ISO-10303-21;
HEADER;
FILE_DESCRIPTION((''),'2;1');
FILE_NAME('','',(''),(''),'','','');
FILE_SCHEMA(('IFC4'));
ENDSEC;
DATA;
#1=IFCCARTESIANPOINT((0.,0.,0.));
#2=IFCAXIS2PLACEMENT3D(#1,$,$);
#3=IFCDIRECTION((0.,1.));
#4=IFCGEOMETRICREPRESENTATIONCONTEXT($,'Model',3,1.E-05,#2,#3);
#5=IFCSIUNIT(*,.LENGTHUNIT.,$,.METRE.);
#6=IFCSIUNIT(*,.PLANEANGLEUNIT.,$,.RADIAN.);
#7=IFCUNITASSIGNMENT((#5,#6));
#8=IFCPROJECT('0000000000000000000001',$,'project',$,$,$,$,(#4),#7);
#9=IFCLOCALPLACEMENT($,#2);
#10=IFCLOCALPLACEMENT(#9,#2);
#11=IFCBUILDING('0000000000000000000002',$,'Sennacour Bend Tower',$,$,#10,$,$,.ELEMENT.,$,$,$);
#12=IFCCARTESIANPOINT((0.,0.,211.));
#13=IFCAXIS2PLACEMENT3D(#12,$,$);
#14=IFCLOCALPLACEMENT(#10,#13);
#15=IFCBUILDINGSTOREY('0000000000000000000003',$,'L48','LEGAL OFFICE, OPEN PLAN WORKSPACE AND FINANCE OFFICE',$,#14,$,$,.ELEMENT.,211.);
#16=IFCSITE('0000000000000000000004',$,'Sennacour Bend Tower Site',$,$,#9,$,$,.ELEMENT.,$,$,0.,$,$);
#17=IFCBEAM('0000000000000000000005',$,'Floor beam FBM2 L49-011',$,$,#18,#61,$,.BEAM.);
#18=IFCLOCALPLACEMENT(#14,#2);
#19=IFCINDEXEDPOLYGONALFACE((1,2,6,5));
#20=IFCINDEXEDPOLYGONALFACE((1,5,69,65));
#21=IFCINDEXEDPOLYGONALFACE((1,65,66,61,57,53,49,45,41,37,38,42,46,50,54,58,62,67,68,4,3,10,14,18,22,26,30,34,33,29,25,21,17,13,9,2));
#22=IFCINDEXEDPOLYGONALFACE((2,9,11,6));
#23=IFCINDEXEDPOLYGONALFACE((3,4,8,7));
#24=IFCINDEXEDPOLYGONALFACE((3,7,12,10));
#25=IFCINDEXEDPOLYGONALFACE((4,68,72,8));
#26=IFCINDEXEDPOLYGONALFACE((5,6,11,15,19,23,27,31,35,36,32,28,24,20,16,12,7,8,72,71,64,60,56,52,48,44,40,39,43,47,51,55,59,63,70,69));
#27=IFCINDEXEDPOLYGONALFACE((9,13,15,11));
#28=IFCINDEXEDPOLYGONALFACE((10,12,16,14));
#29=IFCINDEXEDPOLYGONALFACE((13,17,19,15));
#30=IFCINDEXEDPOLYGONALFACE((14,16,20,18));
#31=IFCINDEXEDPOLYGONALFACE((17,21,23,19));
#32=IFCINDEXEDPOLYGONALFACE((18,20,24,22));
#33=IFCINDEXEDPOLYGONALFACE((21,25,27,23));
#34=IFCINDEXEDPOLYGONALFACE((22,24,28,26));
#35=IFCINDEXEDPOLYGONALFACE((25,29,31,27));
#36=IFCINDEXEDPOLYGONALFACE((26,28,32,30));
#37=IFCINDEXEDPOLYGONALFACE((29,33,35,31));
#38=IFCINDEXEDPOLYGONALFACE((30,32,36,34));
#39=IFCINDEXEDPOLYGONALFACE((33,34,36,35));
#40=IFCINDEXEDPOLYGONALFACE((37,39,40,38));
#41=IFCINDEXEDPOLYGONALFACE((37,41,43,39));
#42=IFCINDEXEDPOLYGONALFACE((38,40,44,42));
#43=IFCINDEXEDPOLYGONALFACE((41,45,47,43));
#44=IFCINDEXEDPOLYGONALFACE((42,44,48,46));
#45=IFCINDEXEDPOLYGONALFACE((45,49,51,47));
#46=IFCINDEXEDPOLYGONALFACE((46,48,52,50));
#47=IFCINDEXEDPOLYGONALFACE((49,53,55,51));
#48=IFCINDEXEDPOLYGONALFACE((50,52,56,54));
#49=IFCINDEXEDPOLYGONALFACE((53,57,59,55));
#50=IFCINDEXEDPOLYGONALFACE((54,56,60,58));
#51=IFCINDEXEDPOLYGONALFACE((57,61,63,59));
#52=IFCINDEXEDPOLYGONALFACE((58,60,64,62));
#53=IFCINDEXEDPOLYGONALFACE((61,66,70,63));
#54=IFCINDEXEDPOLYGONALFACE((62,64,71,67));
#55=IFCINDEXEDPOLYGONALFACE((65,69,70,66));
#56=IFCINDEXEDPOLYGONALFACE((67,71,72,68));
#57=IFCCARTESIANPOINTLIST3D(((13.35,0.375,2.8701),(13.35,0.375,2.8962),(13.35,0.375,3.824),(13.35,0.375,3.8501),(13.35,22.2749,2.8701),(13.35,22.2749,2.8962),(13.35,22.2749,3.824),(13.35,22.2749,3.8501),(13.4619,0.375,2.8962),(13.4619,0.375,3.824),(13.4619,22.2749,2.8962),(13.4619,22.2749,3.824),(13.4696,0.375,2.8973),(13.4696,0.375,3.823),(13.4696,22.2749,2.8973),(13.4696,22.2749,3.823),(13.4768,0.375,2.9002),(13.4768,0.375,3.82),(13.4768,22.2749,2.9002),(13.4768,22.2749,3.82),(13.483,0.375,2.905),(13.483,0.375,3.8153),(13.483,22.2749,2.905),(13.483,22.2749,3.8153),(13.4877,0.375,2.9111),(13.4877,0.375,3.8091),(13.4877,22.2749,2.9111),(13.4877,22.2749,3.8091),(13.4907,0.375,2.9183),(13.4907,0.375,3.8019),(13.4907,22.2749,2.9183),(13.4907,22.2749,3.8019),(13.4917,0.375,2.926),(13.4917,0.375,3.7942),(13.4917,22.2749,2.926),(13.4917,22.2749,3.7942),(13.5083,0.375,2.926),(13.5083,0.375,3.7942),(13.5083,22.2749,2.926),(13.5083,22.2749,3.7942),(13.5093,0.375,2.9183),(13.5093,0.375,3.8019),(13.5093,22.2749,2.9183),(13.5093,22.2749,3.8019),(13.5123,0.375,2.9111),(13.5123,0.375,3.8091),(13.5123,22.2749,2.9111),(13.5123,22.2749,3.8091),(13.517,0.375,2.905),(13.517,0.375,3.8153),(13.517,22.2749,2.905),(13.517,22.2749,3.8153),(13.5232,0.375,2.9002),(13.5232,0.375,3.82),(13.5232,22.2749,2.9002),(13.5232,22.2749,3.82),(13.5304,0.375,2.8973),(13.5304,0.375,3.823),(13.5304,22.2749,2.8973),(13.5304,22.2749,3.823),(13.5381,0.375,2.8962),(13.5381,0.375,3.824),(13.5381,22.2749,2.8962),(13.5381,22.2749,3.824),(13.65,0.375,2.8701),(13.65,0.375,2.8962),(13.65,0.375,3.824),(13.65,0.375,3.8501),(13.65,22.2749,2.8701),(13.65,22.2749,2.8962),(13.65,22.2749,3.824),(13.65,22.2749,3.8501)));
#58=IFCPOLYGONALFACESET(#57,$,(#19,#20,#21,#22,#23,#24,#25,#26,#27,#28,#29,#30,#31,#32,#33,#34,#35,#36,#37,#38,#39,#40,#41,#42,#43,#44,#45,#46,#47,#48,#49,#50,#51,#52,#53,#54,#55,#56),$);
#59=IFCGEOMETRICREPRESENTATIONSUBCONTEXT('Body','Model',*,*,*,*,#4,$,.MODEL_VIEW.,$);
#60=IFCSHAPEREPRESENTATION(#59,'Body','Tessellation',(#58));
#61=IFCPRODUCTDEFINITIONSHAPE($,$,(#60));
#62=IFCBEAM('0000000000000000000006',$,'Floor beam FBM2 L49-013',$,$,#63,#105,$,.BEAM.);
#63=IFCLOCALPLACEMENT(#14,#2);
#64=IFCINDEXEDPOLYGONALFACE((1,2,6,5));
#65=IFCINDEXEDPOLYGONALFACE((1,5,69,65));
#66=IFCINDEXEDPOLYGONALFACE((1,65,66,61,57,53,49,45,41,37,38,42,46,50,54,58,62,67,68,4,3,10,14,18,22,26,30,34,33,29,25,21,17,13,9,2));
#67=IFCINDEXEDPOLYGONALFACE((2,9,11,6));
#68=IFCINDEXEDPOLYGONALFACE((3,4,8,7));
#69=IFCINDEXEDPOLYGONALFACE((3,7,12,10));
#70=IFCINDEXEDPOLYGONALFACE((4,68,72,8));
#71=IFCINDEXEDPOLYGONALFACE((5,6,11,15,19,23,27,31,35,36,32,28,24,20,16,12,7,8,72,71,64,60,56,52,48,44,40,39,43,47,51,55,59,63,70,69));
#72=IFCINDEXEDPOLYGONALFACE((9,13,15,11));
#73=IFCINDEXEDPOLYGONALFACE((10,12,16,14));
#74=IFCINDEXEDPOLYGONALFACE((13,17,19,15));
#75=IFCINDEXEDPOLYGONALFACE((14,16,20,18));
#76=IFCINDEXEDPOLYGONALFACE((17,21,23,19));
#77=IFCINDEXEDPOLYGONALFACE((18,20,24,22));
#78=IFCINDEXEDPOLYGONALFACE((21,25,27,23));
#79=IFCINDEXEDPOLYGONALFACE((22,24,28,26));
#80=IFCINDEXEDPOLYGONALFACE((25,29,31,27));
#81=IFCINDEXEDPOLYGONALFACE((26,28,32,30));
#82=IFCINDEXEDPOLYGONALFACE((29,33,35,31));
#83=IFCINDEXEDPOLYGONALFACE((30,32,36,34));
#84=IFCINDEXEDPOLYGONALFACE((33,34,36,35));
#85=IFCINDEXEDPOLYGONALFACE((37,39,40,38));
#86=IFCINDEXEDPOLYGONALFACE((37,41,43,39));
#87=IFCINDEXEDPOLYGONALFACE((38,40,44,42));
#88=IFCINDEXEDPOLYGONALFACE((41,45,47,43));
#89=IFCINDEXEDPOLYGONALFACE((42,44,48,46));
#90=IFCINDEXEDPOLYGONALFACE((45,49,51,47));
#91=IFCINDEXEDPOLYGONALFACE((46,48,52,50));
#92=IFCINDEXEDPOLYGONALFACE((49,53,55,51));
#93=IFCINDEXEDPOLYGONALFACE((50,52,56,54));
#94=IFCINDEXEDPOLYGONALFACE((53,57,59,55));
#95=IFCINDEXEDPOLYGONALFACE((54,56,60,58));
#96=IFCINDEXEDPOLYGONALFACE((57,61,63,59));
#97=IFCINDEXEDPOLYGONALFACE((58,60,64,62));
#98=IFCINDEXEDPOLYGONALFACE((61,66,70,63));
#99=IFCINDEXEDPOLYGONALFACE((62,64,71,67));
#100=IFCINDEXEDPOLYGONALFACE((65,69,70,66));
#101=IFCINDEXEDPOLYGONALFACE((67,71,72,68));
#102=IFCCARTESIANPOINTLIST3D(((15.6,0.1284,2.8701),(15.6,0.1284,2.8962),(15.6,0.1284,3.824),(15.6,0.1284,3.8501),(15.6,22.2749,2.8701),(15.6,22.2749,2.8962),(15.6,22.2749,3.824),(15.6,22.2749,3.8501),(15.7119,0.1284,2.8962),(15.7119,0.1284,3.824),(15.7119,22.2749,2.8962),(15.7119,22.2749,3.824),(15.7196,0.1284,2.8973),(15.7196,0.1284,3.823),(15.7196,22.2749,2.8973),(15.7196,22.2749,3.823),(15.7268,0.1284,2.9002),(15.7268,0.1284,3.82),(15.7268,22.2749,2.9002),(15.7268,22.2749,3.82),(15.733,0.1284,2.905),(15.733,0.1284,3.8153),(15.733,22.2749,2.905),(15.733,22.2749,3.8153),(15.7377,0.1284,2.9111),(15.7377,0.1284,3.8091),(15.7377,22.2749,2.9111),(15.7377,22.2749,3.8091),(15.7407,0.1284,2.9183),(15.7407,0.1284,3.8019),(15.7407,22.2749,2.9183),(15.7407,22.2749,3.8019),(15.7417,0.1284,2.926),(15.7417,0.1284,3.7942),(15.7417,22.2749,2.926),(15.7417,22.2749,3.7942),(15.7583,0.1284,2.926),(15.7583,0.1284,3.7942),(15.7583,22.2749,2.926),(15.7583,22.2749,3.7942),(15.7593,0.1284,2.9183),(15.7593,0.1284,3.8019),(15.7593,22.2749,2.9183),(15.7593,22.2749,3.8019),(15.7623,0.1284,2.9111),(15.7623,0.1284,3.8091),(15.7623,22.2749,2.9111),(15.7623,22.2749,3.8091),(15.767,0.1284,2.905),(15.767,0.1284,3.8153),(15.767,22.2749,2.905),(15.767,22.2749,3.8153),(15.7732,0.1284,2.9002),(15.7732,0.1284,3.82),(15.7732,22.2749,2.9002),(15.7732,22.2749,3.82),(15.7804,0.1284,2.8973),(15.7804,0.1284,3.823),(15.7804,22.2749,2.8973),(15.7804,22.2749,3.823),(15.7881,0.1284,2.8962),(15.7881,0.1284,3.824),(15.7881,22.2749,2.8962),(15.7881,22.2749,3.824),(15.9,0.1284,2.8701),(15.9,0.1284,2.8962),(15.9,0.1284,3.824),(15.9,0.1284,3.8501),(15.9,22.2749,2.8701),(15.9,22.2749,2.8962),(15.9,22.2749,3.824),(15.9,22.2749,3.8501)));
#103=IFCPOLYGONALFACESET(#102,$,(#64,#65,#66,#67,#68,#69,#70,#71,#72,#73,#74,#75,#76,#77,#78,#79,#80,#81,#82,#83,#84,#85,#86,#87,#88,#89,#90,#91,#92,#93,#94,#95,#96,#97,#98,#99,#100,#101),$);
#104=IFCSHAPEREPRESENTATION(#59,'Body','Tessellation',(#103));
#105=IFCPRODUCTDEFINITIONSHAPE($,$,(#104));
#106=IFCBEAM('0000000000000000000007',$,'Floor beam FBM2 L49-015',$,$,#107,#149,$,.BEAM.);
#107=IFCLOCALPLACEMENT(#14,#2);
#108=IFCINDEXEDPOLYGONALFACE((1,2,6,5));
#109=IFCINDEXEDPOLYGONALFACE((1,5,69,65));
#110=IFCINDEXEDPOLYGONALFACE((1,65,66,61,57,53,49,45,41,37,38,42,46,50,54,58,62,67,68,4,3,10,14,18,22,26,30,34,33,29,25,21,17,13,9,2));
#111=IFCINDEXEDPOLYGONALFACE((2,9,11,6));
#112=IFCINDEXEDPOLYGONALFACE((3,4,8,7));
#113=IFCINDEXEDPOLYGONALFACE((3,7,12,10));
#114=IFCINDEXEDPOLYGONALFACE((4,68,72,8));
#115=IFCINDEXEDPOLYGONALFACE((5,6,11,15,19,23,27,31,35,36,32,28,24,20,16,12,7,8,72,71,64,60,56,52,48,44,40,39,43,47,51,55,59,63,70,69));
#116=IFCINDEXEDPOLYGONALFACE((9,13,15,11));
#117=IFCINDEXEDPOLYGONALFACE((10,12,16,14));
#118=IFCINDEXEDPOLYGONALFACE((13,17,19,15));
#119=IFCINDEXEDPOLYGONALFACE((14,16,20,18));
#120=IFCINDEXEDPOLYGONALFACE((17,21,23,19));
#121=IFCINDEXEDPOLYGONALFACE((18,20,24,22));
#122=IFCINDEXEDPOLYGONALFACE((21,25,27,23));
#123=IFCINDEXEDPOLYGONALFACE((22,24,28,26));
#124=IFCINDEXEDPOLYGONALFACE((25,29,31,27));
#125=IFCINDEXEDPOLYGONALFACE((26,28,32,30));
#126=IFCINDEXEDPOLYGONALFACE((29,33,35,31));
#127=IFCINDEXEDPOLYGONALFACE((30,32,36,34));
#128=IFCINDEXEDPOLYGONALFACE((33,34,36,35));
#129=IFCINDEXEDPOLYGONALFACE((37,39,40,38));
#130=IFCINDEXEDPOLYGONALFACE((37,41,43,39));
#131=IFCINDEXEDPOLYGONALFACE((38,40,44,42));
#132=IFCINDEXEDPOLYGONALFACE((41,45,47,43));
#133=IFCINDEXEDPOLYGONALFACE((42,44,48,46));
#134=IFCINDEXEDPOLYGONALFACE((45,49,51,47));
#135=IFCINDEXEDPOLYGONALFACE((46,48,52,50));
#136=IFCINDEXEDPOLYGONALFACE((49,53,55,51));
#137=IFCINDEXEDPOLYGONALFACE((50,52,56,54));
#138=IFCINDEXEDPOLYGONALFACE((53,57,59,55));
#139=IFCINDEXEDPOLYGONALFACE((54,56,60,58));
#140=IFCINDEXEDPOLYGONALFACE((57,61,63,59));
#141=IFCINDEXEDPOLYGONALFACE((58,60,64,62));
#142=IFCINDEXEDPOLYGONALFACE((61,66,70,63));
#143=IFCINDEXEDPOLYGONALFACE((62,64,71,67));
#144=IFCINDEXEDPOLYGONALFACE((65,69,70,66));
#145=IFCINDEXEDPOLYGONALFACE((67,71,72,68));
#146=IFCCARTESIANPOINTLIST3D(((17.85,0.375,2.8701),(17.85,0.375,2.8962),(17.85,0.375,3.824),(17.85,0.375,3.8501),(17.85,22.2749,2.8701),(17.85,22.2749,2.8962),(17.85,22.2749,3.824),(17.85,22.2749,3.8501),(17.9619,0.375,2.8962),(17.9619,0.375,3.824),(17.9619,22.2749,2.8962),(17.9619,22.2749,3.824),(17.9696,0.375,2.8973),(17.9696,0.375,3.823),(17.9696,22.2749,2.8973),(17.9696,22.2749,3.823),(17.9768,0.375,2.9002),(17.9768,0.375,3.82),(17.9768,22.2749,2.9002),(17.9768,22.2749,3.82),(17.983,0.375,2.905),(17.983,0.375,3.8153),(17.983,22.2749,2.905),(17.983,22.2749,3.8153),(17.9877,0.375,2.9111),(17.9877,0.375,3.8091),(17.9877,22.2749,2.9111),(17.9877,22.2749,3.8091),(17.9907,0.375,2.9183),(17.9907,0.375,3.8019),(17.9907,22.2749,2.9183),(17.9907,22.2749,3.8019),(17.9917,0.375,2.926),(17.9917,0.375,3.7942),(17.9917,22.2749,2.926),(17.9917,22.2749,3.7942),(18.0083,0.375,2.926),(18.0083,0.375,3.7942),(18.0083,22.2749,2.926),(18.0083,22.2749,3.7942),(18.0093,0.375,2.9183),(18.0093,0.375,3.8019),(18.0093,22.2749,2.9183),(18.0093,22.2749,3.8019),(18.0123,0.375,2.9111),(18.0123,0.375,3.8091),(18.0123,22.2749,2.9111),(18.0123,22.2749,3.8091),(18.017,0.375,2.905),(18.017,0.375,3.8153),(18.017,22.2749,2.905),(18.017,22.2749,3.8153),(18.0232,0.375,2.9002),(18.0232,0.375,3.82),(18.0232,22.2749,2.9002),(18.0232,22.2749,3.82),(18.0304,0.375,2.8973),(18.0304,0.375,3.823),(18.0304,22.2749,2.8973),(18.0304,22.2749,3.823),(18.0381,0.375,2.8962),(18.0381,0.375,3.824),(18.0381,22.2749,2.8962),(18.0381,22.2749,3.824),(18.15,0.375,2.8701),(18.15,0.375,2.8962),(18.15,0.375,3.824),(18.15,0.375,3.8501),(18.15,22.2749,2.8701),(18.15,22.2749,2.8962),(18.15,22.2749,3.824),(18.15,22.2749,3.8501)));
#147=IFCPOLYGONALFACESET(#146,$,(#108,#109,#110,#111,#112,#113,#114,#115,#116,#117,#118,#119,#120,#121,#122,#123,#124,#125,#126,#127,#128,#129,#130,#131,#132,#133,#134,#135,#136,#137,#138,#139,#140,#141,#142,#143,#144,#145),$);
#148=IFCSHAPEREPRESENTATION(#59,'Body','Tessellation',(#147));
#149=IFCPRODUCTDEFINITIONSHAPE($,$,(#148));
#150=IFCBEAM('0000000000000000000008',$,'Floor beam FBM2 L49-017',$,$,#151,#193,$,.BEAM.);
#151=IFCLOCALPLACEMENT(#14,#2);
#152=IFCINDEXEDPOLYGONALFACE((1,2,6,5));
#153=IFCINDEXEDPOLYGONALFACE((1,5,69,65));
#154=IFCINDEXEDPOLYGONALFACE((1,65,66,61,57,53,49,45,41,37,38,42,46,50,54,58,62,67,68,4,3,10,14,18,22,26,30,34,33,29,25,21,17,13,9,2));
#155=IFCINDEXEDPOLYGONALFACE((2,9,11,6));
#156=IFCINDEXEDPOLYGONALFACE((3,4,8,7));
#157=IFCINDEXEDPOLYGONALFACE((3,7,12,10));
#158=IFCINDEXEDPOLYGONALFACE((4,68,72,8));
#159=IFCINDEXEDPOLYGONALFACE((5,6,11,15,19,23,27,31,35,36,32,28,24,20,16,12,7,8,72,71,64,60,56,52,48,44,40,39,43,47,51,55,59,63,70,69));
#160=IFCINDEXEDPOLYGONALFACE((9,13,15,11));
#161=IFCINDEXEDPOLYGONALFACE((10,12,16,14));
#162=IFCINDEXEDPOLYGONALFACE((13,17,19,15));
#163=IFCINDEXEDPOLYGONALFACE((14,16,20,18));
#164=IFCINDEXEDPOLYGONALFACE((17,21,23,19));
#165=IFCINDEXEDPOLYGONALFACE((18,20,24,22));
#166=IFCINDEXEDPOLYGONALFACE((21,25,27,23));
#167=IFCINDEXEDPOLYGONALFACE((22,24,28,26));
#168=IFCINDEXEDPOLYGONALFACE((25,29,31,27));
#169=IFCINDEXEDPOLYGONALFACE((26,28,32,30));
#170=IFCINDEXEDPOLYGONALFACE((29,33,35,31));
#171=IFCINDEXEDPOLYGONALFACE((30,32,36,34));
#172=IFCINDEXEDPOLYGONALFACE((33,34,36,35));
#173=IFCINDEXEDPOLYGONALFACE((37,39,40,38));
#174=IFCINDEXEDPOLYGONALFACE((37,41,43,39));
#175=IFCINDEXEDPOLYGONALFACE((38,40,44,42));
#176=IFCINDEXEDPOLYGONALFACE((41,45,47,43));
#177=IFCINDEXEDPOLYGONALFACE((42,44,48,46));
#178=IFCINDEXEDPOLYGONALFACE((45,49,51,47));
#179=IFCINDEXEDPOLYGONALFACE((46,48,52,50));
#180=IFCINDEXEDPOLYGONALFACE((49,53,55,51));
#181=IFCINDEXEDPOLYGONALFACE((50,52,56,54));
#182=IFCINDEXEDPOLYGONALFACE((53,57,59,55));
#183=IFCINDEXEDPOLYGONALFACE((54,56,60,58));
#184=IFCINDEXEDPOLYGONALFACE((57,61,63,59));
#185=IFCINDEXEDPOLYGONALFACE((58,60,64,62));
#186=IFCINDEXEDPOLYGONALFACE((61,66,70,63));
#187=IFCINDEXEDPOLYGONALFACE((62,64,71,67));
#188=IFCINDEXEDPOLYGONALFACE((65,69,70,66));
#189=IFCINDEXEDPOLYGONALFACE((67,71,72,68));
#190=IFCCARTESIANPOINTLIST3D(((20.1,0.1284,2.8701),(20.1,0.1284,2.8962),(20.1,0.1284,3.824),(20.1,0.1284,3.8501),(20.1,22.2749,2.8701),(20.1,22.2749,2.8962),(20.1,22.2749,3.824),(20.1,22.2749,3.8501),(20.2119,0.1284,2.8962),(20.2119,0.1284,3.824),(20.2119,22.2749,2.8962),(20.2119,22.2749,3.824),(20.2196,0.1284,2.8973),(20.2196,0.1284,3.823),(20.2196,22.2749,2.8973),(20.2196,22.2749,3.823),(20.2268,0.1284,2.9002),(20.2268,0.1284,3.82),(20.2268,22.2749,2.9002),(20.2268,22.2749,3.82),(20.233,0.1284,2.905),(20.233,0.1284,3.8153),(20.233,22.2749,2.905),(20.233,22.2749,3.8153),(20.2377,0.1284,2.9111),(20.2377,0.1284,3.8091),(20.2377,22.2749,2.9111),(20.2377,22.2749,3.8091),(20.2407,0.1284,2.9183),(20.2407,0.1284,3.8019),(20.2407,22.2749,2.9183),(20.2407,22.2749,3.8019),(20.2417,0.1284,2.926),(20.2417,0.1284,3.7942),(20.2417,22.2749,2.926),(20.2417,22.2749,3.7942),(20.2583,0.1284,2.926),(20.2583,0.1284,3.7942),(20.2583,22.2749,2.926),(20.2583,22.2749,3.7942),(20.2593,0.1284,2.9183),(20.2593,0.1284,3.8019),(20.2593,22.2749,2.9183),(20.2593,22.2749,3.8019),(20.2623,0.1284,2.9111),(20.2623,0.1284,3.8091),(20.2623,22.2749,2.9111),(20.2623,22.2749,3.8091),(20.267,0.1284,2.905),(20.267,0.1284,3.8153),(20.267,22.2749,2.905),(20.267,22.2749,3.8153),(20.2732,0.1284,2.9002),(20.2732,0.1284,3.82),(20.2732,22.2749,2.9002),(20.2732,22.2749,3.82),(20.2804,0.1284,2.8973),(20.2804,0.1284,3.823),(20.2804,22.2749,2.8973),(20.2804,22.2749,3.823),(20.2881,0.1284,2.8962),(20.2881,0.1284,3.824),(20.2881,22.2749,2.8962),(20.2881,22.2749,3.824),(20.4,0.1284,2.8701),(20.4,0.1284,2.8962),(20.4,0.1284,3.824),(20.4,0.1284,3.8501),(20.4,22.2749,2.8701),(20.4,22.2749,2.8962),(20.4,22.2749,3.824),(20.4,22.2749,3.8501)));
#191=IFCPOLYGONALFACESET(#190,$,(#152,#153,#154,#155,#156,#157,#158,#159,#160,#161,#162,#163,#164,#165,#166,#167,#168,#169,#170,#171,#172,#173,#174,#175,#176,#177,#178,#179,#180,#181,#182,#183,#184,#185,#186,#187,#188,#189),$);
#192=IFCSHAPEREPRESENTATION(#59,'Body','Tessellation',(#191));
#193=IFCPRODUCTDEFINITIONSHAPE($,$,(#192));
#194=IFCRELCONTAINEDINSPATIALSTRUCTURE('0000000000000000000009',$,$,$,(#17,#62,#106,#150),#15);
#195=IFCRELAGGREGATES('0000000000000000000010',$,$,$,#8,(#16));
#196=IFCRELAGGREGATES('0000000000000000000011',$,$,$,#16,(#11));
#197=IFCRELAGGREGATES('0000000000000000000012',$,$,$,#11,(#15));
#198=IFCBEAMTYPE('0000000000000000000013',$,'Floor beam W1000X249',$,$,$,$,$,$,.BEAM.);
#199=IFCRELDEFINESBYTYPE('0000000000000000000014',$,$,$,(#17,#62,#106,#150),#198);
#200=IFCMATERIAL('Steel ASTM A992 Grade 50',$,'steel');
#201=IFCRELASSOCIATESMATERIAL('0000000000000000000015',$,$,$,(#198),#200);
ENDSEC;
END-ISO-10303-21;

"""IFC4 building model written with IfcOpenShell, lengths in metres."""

from ifc_helpers import new_model, si_unit, direction, frame, origin, origin_2d, place, context, subcontext, project, spatial, i_section, extrude, material, material_profile, profile_set, type_object, element, save


model = new_model("IFC4")

# Units and contexts
model_context = context("Model", 3, precision=1e-05, world=origin(), true_north=direction((0.0, 1.0)))
body_context = subcontext(model_context, "Body", "Model", "MODEL_VIEW")
ifc_project = project(units=[si_unit("LENGTHUNIT", "METRE"), si_unit("PLANEANGLEUNIT", "RADIAN")], contexts=[model_context])

# Site, building, storey
site_placement = place(None, origin())
site = spatial("IfcSite", under=ifc_project, at=site_placement, Name="Sennacour Bend Tower Site", CompositionType="ELEMENT", RefElevation=0.0)
building_placement = place(site_placement, origin())
building = spatial("IfcBuilding", under=site, at=building_placement, Name="Sennacour Bend Tower", CompositionType="ELEMENT")
storey_placement = place(building_placement, frame((0.0, 0.0, 211.0)))
storey = spatial("IfcBuildingStorey", under=building, at=storey_placement, Name="L48", Description="LEGAL OFFICE, OPEN PLAN WORKSPACE AND FINANCE OFFICE", CompositionType="ELEMENT", Elevation=211.0)

# Beams
ifc_material_1 = material(Name="Steel ASTM A992 Grade 50", Category="steel")
ifc_material_profile = material_profile(ifc_material_1, i_section(OverallWidth=0.3, OverallDepth=0.98, WebThickness=0.0166, FlangeThickness=0.0261, FilletRadius=0.0298, at=origin_2d()), Name="Steel ASTM A992 Grade 50", Category="steel")
ifc_profile_set = profile_set([ifc_material_profile], Name="Steel ASTM A992 Grade 50")
beam_type = type_object("IfcBeamType", Name="Floor beam W1000X249", PredefinedType="BEAM", material=ifc_profile_set)
beam_1_placement = place(storey_placement, frame((13.5, 0.375, 3.3601), z_axis=(0.0, 1.0, 0.0), x_axis=(-1.0, 0.0, 0.0)))
element("IfcBeam", 1, at=beam_1_placement, inside=storey, type_object=beam_type, Name="Floor beam FBM2 L49-011", PredefinedType="BEAM", context=body_context, shape_type="SweptSolid", body=[
    extrude(i_section(OverallWidth=0.3, OverallDepth=0.98, WebThickness=0.0166, FlangeThickness=0.0261, FilletRadius=0.0298, at=origin_2d()), origin(), (0.0, 0.0, 1.0), 21.8999),
])
beam_2_placement = place(storey_placement, frame((15.75, 0.1284, 3.3601), z_axis=(0.0, 1.0, 0.0), x_axis=(-1.0, 0.0, 0.0)))
element("IfcBeam", 2, at=beam_2_placement, inside=storey, type_object=beam_type, Name="Floor beam FBM2 L49-013", PredefinedType="BEAM", context=body_context, shape_type="SweptSolid", body=[
    extrude(i_section(OverallWidth=0.3, OverallDepth=0.98, WebThickness=0.0166, FlangeThickness=0.0261, FilletRadius=0.0298, at=origin_2d()), origin(), (0.0, 0.0, 1.0), 22.1465),
])
beam_3_placement = place(storey_placement, frame((18.0, 0.375, 3.3601), z_axis=(0.0, 1.0, 0.0), x_axis=(-1.0, 0.0, 0.0)))
element("IfcBeam", 3, at=beam_3_placement, inside=storey, type_object=beam_type, Name="Floor beam FBM2 L49-015", PredefinedType="BEAM", context=body_context, shape_type="SweptSolid", body=[
    extrude(i_section(OverallWidth=0.3, OverallDepth=0.98, WebThickness=0.0166, FlangeThickness=0.0261, FilletRadius=0.0298, at=origin_2d()), origin(), (0.0, 0.0, 1.0), 21.8999),
])
beam_4_placement = place(storey_placement, frame((20.25, 0.1284, 3.3601), z_axis=(0.0, 1.0, 0.0), x_axis=(-1.0, 0.0, 0.0)))
element("IfcBeam", 4, at=beam_4_placement, inside=storey, type_object=beam_type, Name="Floor beam FBM2 L49-017", PredefinedType="BEAM", context=body_context, shape_type="SweptSolid", body=[
    extrude(i_section(OverallWidth=0.3, OverallDepth=0.98, WebThickness=0.0166, FlangeThickness=0.0261, FilletRadius=0.0298, at=origin_2d()), origin(), (0.0, 0.0, 1.0), 22.1465),
])

save(model, "model.ifc")
